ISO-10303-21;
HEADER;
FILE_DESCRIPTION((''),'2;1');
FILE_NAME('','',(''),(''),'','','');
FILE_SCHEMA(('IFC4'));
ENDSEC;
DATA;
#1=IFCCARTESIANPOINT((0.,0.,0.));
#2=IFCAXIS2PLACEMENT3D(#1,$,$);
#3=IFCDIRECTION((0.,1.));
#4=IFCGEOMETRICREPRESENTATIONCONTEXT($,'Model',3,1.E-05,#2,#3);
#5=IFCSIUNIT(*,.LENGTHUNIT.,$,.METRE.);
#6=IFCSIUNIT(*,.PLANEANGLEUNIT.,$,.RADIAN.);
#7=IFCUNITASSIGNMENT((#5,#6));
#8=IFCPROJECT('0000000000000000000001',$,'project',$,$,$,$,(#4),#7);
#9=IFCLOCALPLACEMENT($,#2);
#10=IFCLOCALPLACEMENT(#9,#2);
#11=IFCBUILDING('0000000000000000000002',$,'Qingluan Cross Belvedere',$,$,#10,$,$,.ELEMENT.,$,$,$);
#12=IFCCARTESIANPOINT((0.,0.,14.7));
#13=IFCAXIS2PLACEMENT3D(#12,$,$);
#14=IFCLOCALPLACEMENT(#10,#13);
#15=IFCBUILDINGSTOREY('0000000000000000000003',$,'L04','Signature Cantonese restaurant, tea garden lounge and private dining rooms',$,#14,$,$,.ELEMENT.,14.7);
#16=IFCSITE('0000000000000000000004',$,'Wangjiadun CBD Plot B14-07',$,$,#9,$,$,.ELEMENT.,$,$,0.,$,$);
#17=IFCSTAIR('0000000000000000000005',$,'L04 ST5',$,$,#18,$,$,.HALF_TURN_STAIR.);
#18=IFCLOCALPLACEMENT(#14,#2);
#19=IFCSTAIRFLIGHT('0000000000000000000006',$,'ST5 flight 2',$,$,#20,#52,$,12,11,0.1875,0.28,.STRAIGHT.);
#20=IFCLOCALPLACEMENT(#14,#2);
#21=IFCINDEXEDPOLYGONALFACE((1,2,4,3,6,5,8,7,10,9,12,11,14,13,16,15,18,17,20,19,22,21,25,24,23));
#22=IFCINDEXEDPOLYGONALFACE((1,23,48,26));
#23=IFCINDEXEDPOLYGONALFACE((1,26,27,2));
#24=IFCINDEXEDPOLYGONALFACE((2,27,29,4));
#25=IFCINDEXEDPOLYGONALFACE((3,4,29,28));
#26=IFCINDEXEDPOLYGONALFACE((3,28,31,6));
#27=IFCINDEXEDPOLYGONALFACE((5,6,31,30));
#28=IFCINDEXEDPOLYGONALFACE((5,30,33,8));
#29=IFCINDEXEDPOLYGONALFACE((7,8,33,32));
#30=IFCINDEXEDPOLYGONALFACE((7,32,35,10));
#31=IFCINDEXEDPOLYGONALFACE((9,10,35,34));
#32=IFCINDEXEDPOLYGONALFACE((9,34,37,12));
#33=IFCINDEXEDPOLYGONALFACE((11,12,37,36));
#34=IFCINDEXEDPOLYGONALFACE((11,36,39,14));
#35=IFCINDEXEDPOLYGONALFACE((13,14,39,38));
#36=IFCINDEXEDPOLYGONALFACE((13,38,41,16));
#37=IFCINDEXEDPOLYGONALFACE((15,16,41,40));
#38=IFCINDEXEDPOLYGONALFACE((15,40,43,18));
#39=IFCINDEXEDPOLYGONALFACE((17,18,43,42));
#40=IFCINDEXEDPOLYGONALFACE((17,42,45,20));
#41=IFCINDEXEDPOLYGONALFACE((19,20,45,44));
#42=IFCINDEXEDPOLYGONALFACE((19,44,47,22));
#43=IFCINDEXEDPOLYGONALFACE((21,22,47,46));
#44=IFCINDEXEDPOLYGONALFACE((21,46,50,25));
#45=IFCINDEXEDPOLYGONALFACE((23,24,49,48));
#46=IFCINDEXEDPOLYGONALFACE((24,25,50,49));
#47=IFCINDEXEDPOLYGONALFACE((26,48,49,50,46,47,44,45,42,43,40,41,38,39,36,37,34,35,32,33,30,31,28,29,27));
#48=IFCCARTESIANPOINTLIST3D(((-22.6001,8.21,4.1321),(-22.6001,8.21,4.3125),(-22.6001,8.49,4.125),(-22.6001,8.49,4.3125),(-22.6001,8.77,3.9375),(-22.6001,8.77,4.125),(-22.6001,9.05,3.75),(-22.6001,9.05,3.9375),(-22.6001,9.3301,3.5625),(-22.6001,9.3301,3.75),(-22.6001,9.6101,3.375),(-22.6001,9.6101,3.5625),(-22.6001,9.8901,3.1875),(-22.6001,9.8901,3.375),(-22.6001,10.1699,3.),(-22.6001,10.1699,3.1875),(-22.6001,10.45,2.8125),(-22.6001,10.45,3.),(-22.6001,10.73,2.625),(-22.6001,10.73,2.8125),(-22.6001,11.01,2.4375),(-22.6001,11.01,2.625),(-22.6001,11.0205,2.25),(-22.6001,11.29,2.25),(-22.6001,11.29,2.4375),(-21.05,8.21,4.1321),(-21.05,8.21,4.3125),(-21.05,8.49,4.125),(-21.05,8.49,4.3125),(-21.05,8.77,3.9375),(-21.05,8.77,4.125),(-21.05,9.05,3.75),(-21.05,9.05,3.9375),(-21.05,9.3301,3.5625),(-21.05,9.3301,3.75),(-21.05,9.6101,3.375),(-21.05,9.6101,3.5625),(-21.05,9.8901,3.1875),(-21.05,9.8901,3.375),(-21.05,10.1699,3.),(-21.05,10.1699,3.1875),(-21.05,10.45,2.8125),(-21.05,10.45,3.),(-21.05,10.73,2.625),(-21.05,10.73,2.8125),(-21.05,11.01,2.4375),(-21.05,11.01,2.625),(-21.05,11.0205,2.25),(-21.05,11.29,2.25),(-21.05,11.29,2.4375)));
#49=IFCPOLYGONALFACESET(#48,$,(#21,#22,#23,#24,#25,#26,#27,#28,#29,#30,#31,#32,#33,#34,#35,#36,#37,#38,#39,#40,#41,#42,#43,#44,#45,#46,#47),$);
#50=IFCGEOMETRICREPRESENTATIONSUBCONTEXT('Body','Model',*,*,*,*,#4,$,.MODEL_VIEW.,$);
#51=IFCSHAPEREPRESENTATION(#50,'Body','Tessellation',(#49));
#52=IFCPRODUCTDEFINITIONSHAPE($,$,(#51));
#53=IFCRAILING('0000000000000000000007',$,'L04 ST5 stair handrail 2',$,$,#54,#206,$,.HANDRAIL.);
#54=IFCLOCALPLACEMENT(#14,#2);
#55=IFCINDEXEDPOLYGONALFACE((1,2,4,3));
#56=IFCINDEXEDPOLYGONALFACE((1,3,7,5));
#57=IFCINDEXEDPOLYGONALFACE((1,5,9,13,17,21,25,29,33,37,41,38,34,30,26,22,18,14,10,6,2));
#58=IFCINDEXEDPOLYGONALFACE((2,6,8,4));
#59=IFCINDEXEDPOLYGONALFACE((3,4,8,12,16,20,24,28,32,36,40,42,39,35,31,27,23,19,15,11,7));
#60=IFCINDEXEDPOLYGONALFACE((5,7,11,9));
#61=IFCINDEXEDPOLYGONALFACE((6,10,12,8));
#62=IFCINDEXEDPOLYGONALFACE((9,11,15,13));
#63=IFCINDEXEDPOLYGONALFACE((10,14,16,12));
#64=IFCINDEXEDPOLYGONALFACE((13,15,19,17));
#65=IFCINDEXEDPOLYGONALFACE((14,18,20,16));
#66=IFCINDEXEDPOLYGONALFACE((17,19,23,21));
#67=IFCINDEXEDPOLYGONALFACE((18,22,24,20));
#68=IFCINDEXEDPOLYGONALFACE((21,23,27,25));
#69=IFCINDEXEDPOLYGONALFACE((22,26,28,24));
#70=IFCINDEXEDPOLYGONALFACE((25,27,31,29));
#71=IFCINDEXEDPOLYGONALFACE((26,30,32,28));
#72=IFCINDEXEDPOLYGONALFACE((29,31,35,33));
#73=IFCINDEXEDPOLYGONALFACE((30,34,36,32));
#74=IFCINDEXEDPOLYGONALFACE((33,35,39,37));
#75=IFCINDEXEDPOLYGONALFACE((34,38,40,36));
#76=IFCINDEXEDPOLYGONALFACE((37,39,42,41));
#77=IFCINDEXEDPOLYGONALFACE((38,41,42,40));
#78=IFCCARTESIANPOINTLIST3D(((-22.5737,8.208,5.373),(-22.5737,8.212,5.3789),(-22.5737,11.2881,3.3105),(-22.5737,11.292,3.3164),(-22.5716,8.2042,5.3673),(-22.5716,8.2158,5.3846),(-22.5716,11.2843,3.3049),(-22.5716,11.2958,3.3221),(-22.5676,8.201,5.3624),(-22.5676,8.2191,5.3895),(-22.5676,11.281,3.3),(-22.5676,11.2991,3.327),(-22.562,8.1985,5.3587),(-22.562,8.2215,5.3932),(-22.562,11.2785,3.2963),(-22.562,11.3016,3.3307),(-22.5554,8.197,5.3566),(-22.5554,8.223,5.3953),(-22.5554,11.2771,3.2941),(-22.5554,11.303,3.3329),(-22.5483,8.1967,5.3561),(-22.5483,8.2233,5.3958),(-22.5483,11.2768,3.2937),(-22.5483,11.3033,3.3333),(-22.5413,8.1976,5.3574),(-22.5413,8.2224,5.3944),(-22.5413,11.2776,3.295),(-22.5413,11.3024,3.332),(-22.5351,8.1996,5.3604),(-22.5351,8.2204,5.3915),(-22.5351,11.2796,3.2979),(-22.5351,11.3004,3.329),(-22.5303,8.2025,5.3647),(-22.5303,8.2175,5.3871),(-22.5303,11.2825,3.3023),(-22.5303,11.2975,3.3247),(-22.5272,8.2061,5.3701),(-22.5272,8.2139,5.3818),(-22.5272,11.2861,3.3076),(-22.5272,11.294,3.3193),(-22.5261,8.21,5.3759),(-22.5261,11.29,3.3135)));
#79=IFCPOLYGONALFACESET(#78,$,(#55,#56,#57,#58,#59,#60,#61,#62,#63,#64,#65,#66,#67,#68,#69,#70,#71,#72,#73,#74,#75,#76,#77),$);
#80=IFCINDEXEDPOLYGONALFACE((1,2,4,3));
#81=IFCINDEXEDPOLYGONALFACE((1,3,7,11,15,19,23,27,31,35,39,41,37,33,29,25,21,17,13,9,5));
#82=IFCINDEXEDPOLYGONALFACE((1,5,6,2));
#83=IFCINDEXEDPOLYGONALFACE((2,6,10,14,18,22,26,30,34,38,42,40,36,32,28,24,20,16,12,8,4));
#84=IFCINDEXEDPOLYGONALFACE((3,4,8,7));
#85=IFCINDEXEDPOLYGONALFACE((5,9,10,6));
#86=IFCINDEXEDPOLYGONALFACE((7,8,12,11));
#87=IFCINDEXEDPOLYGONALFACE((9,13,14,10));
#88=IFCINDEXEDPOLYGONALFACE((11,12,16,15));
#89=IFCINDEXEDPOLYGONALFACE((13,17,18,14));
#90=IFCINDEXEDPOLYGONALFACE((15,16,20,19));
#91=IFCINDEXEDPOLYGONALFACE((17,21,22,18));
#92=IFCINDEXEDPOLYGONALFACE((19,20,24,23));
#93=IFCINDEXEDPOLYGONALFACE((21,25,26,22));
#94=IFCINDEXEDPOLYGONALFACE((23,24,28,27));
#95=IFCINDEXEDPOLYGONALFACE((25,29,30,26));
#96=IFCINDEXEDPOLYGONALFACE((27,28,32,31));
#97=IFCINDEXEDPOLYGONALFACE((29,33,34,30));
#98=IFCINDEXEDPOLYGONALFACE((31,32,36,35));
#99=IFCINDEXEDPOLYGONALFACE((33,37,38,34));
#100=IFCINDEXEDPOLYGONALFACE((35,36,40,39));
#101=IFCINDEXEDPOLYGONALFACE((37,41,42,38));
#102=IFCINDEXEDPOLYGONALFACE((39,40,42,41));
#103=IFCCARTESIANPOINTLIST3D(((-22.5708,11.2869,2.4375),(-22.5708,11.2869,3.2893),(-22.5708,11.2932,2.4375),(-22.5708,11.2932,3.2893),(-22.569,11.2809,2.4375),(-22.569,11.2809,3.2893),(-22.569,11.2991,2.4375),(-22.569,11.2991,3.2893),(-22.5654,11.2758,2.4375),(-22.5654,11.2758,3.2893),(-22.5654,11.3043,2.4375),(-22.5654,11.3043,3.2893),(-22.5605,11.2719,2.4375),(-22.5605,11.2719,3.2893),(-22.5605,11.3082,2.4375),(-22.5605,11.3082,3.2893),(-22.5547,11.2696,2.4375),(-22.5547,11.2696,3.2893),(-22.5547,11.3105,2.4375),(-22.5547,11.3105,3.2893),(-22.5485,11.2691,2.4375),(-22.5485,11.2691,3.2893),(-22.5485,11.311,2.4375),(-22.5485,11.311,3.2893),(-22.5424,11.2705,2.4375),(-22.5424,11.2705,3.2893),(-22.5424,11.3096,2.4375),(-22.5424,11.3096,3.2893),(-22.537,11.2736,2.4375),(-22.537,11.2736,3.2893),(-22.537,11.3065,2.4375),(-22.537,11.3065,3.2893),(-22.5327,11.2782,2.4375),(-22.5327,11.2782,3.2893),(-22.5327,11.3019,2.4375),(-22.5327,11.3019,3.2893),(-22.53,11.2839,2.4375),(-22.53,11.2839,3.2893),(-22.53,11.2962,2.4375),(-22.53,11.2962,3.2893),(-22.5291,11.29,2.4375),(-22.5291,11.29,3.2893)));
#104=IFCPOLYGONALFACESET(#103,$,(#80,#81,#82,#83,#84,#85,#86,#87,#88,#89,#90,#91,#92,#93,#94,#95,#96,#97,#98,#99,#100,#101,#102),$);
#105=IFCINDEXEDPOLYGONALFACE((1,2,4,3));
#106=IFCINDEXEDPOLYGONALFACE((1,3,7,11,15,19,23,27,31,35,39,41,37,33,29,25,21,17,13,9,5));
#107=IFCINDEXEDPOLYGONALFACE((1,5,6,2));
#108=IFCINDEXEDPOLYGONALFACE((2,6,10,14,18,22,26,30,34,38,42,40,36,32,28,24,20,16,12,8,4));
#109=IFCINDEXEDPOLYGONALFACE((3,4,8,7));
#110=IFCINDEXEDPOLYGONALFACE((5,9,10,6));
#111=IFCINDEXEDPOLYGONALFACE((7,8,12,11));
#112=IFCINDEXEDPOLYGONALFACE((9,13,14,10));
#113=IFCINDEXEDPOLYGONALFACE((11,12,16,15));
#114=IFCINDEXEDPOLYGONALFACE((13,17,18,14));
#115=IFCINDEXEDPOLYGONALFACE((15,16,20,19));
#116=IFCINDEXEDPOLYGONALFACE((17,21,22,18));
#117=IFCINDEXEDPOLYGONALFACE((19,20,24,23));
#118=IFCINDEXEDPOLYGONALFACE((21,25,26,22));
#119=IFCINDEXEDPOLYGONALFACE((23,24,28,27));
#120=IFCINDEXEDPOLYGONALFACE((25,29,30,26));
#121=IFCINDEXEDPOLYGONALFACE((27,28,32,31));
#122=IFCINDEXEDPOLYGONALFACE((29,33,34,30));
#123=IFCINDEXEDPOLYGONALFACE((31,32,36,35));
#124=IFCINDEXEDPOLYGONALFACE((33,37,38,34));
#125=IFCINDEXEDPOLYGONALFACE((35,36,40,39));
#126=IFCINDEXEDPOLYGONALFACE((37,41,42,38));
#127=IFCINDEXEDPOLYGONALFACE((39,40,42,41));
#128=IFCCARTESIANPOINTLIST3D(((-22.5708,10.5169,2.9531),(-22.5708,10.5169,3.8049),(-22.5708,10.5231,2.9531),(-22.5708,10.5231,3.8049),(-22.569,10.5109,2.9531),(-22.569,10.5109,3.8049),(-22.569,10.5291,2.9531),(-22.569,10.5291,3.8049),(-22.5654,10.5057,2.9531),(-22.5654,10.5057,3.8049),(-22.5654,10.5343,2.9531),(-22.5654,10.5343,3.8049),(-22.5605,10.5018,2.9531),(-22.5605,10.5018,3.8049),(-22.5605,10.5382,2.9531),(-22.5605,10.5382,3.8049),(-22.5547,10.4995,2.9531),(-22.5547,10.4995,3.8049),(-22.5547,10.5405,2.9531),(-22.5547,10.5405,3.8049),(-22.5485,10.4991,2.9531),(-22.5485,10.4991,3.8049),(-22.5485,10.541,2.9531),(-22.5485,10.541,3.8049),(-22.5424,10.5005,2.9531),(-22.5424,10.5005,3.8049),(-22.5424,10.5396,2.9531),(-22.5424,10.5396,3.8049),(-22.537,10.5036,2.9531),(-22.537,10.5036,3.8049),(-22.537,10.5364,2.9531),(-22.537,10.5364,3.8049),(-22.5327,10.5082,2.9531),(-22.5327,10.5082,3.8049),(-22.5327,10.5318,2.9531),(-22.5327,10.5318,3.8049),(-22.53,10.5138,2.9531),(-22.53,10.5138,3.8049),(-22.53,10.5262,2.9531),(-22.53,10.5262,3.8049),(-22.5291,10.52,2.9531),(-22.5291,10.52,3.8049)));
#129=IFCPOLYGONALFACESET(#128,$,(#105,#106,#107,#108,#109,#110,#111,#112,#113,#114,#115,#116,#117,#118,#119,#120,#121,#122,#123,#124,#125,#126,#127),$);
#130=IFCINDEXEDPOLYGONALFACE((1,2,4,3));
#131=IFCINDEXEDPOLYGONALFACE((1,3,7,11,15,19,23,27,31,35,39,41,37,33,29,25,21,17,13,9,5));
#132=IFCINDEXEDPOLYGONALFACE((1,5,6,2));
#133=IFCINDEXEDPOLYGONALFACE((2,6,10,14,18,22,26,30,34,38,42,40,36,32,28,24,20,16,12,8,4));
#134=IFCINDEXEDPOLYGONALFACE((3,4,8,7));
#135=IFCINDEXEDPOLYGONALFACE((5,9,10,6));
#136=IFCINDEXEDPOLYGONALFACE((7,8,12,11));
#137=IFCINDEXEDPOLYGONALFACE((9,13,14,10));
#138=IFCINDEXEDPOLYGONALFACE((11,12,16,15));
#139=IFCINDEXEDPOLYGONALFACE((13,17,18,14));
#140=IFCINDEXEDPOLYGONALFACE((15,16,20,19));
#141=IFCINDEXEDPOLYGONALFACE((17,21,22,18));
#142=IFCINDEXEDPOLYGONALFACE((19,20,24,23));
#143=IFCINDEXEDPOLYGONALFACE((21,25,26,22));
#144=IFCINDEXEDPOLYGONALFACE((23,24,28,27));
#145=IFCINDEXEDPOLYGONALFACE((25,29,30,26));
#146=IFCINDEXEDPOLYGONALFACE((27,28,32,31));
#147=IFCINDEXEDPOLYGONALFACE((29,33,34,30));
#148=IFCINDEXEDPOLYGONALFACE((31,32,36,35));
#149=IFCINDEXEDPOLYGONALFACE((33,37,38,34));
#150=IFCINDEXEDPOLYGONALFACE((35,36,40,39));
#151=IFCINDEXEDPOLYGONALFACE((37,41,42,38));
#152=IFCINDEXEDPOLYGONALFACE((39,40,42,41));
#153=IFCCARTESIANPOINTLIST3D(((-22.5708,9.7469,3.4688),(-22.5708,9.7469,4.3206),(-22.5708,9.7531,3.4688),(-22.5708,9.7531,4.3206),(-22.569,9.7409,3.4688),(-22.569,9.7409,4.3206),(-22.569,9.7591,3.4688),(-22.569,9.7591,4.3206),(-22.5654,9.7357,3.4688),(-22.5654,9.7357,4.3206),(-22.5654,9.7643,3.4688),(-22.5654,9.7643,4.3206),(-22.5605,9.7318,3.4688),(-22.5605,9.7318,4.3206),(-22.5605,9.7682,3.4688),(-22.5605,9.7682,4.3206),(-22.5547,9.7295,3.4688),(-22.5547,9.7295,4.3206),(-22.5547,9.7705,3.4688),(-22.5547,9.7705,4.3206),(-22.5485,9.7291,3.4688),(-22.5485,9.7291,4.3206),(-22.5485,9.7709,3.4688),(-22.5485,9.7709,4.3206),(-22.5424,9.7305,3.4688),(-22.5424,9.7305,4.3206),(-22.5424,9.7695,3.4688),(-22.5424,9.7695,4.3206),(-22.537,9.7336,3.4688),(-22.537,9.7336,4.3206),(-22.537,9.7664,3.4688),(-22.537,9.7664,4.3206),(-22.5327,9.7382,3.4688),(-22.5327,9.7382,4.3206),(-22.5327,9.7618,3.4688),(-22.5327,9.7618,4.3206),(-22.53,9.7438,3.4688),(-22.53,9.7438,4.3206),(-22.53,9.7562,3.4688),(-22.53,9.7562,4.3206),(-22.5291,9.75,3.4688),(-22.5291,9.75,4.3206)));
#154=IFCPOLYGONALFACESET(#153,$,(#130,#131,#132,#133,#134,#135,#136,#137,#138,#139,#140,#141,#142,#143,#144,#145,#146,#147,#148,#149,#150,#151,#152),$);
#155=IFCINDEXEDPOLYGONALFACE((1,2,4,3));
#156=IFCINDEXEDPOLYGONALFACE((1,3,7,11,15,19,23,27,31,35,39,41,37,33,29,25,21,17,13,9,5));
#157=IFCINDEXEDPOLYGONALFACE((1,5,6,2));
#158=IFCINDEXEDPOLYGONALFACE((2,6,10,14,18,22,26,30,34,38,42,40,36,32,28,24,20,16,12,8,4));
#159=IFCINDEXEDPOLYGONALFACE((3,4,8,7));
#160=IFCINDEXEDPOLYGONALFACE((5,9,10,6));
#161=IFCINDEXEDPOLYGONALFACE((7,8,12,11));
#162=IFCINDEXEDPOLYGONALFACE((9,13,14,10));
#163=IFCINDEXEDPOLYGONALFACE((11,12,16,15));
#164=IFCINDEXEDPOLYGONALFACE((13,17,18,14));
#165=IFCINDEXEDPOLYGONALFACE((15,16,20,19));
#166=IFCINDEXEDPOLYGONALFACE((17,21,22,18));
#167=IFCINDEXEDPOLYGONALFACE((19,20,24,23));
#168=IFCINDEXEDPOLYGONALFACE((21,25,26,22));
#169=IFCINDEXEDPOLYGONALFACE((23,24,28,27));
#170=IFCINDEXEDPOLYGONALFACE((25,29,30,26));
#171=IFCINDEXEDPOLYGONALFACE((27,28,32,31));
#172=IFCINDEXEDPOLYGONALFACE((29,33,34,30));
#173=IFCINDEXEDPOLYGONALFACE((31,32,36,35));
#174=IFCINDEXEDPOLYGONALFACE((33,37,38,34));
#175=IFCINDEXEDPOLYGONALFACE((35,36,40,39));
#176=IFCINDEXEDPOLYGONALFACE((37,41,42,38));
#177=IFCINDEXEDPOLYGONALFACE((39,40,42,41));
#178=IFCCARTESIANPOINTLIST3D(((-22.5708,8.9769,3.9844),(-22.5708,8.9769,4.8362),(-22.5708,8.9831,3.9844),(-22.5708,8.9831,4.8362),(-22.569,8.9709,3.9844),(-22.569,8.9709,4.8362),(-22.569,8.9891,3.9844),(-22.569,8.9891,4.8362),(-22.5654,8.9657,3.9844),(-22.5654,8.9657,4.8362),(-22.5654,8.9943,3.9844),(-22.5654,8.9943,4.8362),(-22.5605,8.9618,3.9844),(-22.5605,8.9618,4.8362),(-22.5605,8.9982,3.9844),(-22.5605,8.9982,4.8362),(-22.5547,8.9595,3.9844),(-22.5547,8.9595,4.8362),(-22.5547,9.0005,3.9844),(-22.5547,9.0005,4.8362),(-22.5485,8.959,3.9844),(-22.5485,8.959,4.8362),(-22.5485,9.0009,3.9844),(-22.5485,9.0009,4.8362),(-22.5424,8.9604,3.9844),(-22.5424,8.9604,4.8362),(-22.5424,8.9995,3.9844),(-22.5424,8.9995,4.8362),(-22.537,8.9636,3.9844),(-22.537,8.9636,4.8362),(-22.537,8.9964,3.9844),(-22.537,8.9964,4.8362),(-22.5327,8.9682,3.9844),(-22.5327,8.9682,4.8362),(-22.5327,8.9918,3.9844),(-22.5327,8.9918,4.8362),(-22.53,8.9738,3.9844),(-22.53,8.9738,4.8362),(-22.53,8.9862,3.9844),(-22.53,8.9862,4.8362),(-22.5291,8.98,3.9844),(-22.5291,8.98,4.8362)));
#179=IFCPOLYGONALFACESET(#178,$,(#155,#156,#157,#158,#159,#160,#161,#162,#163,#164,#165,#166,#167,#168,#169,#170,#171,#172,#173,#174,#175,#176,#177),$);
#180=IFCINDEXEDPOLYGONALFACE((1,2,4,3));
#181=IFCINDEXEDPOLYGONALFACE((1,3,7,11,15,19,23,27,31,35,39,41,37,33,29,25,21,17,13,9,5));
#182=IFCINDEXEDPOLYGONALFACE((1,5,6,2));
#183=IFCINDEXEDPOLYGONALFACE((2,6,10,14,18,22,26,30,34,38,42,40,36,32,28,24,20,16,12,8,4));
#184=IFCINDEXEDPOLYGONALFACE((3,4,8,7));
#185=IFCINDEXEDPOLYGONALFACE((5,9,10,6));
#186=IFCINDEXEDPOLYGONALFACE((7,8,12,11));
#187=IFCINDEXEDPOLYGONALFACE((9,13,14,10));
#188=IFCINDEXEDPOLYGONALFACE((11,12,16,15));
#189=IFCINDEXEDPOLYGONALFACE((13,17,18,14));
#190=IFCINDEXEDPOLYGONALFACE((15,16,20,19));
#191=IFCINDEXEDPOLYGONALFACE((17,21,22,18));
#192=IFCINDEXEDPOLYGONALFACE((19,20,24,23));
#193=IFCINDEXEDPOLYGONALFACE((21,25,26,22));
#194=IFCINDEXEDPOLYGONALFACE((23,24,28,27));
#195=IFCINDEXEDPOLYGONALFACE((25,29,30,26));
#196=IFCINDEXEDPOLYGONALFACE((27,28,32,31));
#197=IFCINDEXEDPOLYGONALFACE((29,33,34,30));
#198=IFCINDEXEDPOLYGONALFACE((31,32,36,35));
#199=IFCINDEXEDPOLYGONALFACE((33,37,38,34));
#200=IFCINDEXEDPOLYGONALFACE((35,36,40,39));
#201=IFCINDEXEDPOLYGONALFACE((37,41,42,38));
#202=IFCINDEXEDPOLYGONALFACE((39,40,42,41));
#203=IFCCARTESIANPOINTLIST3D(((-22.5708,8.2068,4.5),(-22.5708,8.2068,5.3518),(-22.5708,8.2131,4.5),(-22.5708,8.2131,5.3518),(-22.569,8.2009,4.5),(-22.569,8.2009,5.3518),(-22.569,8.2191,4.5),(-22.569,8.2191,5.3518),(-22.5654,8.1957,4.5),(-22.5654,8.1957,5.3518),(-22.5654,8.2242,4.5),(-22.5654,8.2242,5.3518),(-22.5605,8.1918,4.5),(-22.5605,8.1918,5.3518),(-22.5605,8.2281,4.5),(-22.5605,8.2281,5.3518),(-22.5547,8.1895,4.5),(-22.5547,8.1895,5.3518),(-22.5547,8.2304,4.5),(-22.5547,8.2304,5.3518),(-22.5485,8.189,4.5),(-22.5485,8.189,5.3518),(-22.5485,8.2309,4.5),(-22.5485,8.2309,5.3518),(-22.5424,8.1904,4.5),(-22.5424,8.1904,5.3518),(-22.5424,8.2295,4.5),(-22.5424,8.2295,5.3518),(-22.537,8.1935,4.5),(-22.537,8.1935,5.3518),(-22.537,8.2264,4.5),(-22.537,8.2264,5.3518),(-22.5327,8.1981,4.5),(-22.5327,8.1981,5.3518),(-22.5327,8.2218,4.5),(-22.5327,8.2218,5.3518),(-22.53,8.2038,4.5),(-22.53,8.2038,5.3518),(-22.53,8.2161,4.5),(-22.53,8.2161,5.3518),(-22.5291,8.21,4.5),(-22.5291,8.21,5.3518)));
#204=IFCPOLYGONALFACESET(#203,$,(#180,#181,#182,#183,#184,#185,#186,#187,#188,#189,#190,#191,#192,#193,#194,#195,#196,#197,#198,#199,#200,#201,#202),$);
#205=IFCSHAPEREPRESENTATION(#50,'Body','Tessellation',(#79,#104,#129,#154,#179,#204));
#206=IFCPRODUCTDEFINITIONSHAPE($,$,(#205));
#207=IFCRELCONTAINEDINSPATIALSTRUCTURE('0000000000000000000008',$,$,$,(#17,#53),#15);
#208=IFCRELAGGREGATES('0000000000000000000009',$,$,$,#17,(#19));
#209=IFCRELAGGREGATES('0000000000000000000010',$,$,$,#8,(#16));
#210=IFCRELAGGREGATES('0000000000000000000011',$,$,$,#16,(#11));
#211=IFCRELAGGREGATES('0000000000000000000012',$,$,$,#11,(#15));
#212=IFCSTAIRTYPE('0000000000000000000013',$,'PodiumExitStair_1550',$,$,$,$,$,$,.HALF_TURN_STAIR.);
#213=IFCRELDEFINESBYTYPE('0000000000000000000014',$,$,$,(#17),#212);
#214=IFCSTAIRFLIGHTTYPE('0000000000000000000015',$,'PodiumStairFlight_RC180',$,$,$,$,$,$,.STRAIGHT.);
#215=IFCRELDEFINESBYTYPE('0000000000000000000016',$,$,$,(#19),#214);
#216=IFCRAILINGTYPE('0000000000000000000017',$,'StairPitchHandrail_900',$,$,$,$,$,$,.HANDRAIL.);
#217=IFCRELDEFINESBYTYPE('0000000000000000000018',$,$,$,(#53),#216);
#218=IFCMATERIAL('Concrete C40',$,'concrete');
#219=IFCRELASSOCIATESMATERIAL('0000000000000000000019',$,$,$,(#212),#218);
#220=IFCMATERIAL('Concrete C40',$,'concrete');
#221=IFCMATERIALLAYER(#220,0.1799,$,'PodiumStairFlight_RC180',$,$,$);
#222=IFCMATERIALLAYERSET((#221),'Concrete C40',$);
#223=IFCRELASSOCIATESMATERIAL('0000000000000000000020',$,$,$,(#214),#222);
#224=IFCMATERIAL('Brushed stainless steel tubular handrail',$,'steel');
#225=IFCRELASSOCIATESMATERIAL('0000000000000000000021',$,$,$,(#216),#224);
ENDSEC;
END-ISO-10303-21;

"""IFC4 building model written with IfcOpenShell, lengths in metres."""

from ifc_helpers import new_model, si_unit, direction, frame, origin, origin_2d, place, context, subcontext, project, spatial, polyline, circle, outline, extrude, material, layer, layer_set, type_object, element, aggregate, save


model = new_model("IFC4")

# Units and contexts
model_context = context("Model", 3, precision=1e-05, world=origin(), true_north=direction((0.0, 1.0)))
body_context = subcontext(model_context, "Body", "Model", "MODEL_VIEW")
ifc_project = project(units=[si_unit("LENGTHUNIT", "METRE"), si_unit("PLANEANGLEUNIT", "RADIAN")], contexts=[model_context])

# Site, building, storey
site_placement = place(None, origin())
site = spatial("IfcSite", under=ifc_project, at=site_placement, Name="Wangjiadun CBD Plot B14-07", CompositionType="ELEMENT", RefElevation=0.0)
building_placement = place(site_placement, origin())
building = spatial("IfcBuilding", under=site, at=building_placement, Name="Qingluan Cross Belvedere", CompositionType="ELEMENT")
storey_placement = place(building_placement, frame((0.0, 0.0, 14.7)))
storey = spatial("IfcBuildingStorey", under=building, at=storey_placement, Name="L04", Description="Signature Cantonese restaurant, tea garden lounge and private dining rooms", CompositionType="ELEMENT", Elevation=14.7)

# Stair, stair flight
ifc_material_1 = material(Name="Concrete C40", Category="concrete")
stair_type = type_object("IfcStairType", Name="PodiumExitStair_1550", PredefinedType="HALF_TURN_STAIR", material=ifc_material_1)
stair_placement = place(storey_placement, origin())
stair = element("IfcStair", 1, at=stair_placement, inside=storey, type_object=stair_type, Name="L04 ST5", PredefinedType="HALF_TURN_STAIR")
ifc_material_2 = material(Name="Concrete C40", Category="concrete")
ifc_layer_1 = layer(ifc_material_2, 0.1799, Name="PodiumStairFlight_RC180")
ifc_layer_set_1 = layer_set([ifc_layer_1], Name="Concrete C40")
stair_flight_type = type_object("IfcStairFlightType", Name="PodiumStairFlight_RC180", PredefinedType="STRAIGHT", material=ifc_layer_set_1)
stair_flight_placement = place(storey_placement, frame((-21.825, 11.29, 2.25), z_axis=(0.0, 0.0, 1.0), x_axis=(0.0, -1.0, 0.0)))
stair_flight = element("IfcStairFlight", 2, at=stair_flight_placement, type_object=stair_flight_type, Name="ST5 flight 2", NumberOfRisers=12, NumberOfTreads=11, PredefinedType="STRAIGHT", RiserHeight=0.1875, TreadLength=0.28, context=body_context, shape_type="SweptSolid", body=[
    extrude(outline(polyline([(0.0, 0.0), (0.0, 0.1875), (0.28, 0.1875), (0.28, 0.375), (0.5601, 0.375), (0.5601, 0.5625), (0.8401, 0.5625), (0.8401, 0.75), (1.1201, 0.75), (1.1201, 0.9375), (1.3999, 0.9375), (1.3999, 1.125), (1.6799, 1.125), (1.6799, 1.3125), (1.96, 1.3125), (1.96, 1.5), (2.24, 1.5), (2.24, 1.6875), (2.52, 1.6875), (2.52, 1.875), (2.8, 1.875), (2.8, 2.0625), (3.0801, 2.0625), (3.0801, 2.25), (3.0801, 1.8821), (0.2695, 0.0), (0.0, 0.0)])), frame((0.0, 0.7749, 0.0), z_axis=(0.0, -1.0, 0.0), x_axis=(1.0, 0.0, 0.0)), (0.0, 0.0, 1.0), 1.55),
])
aggregate(stair, [stair_flight])

# Railing
ifc_material_3 = material(Name="Brushed stainless steel tubular handrail", Category="steel")
railing_type_1 = type_object("IfcRailingType", Name="StairPitchHandrail_900", PredefinedType="HANDRAIL", material=ifc_material_3)
railing_1_placement = place(storey_placement, frame((-22.55, 11.29, 2.4375)))
element("IfcRailing", 3, at=railing_1_placement, inside=storey, type_object=railing_type_1, Name="L04 ST5 stair handrail 2", PredefinedType="HANDRAIL", context=body_context, shape_type="SweptSolid", body=[
    extrude(circle(Radius=0.0239, at=origin_2d()), frame((0.0, 0.0, 0.876), z_axis=(0.0, -0.830914, 0.556401), x_axis=(1.0, 0.0, 0.0)), (0.0, 0.0, 1.0), 3.7068),
    extrude(circle(Radius=0.021, at=origin_2d()), origin(), (0.0, 0.0, 1.0), 0.8518),
    extrude(circle(Radius=0.021, at=origin_2d()), frame((0.0, -0.77, 0.5156)), (0.0, 0.0, 1.0), 0.8518),
    extrude(circle(Radius=0.021, at=origin_2d()), frame((0.0, -1.54, 1.0312)), (0.0, 0.0, 1.0), 0.8518),
    extrude(circle(Radius=0.021, at=origin_2d()), frame((0.0, -2.3101, 1.5469)), (0.0, 0.0, 1.0), 0.8518),
    extrude(circle(Radius=0.021, at=origin_2d()), frame((0.0, -3.0801, 2.0625)), (0.0, 0.0, 1.0), 0.8518),
])

save(model, "model.ifc")
